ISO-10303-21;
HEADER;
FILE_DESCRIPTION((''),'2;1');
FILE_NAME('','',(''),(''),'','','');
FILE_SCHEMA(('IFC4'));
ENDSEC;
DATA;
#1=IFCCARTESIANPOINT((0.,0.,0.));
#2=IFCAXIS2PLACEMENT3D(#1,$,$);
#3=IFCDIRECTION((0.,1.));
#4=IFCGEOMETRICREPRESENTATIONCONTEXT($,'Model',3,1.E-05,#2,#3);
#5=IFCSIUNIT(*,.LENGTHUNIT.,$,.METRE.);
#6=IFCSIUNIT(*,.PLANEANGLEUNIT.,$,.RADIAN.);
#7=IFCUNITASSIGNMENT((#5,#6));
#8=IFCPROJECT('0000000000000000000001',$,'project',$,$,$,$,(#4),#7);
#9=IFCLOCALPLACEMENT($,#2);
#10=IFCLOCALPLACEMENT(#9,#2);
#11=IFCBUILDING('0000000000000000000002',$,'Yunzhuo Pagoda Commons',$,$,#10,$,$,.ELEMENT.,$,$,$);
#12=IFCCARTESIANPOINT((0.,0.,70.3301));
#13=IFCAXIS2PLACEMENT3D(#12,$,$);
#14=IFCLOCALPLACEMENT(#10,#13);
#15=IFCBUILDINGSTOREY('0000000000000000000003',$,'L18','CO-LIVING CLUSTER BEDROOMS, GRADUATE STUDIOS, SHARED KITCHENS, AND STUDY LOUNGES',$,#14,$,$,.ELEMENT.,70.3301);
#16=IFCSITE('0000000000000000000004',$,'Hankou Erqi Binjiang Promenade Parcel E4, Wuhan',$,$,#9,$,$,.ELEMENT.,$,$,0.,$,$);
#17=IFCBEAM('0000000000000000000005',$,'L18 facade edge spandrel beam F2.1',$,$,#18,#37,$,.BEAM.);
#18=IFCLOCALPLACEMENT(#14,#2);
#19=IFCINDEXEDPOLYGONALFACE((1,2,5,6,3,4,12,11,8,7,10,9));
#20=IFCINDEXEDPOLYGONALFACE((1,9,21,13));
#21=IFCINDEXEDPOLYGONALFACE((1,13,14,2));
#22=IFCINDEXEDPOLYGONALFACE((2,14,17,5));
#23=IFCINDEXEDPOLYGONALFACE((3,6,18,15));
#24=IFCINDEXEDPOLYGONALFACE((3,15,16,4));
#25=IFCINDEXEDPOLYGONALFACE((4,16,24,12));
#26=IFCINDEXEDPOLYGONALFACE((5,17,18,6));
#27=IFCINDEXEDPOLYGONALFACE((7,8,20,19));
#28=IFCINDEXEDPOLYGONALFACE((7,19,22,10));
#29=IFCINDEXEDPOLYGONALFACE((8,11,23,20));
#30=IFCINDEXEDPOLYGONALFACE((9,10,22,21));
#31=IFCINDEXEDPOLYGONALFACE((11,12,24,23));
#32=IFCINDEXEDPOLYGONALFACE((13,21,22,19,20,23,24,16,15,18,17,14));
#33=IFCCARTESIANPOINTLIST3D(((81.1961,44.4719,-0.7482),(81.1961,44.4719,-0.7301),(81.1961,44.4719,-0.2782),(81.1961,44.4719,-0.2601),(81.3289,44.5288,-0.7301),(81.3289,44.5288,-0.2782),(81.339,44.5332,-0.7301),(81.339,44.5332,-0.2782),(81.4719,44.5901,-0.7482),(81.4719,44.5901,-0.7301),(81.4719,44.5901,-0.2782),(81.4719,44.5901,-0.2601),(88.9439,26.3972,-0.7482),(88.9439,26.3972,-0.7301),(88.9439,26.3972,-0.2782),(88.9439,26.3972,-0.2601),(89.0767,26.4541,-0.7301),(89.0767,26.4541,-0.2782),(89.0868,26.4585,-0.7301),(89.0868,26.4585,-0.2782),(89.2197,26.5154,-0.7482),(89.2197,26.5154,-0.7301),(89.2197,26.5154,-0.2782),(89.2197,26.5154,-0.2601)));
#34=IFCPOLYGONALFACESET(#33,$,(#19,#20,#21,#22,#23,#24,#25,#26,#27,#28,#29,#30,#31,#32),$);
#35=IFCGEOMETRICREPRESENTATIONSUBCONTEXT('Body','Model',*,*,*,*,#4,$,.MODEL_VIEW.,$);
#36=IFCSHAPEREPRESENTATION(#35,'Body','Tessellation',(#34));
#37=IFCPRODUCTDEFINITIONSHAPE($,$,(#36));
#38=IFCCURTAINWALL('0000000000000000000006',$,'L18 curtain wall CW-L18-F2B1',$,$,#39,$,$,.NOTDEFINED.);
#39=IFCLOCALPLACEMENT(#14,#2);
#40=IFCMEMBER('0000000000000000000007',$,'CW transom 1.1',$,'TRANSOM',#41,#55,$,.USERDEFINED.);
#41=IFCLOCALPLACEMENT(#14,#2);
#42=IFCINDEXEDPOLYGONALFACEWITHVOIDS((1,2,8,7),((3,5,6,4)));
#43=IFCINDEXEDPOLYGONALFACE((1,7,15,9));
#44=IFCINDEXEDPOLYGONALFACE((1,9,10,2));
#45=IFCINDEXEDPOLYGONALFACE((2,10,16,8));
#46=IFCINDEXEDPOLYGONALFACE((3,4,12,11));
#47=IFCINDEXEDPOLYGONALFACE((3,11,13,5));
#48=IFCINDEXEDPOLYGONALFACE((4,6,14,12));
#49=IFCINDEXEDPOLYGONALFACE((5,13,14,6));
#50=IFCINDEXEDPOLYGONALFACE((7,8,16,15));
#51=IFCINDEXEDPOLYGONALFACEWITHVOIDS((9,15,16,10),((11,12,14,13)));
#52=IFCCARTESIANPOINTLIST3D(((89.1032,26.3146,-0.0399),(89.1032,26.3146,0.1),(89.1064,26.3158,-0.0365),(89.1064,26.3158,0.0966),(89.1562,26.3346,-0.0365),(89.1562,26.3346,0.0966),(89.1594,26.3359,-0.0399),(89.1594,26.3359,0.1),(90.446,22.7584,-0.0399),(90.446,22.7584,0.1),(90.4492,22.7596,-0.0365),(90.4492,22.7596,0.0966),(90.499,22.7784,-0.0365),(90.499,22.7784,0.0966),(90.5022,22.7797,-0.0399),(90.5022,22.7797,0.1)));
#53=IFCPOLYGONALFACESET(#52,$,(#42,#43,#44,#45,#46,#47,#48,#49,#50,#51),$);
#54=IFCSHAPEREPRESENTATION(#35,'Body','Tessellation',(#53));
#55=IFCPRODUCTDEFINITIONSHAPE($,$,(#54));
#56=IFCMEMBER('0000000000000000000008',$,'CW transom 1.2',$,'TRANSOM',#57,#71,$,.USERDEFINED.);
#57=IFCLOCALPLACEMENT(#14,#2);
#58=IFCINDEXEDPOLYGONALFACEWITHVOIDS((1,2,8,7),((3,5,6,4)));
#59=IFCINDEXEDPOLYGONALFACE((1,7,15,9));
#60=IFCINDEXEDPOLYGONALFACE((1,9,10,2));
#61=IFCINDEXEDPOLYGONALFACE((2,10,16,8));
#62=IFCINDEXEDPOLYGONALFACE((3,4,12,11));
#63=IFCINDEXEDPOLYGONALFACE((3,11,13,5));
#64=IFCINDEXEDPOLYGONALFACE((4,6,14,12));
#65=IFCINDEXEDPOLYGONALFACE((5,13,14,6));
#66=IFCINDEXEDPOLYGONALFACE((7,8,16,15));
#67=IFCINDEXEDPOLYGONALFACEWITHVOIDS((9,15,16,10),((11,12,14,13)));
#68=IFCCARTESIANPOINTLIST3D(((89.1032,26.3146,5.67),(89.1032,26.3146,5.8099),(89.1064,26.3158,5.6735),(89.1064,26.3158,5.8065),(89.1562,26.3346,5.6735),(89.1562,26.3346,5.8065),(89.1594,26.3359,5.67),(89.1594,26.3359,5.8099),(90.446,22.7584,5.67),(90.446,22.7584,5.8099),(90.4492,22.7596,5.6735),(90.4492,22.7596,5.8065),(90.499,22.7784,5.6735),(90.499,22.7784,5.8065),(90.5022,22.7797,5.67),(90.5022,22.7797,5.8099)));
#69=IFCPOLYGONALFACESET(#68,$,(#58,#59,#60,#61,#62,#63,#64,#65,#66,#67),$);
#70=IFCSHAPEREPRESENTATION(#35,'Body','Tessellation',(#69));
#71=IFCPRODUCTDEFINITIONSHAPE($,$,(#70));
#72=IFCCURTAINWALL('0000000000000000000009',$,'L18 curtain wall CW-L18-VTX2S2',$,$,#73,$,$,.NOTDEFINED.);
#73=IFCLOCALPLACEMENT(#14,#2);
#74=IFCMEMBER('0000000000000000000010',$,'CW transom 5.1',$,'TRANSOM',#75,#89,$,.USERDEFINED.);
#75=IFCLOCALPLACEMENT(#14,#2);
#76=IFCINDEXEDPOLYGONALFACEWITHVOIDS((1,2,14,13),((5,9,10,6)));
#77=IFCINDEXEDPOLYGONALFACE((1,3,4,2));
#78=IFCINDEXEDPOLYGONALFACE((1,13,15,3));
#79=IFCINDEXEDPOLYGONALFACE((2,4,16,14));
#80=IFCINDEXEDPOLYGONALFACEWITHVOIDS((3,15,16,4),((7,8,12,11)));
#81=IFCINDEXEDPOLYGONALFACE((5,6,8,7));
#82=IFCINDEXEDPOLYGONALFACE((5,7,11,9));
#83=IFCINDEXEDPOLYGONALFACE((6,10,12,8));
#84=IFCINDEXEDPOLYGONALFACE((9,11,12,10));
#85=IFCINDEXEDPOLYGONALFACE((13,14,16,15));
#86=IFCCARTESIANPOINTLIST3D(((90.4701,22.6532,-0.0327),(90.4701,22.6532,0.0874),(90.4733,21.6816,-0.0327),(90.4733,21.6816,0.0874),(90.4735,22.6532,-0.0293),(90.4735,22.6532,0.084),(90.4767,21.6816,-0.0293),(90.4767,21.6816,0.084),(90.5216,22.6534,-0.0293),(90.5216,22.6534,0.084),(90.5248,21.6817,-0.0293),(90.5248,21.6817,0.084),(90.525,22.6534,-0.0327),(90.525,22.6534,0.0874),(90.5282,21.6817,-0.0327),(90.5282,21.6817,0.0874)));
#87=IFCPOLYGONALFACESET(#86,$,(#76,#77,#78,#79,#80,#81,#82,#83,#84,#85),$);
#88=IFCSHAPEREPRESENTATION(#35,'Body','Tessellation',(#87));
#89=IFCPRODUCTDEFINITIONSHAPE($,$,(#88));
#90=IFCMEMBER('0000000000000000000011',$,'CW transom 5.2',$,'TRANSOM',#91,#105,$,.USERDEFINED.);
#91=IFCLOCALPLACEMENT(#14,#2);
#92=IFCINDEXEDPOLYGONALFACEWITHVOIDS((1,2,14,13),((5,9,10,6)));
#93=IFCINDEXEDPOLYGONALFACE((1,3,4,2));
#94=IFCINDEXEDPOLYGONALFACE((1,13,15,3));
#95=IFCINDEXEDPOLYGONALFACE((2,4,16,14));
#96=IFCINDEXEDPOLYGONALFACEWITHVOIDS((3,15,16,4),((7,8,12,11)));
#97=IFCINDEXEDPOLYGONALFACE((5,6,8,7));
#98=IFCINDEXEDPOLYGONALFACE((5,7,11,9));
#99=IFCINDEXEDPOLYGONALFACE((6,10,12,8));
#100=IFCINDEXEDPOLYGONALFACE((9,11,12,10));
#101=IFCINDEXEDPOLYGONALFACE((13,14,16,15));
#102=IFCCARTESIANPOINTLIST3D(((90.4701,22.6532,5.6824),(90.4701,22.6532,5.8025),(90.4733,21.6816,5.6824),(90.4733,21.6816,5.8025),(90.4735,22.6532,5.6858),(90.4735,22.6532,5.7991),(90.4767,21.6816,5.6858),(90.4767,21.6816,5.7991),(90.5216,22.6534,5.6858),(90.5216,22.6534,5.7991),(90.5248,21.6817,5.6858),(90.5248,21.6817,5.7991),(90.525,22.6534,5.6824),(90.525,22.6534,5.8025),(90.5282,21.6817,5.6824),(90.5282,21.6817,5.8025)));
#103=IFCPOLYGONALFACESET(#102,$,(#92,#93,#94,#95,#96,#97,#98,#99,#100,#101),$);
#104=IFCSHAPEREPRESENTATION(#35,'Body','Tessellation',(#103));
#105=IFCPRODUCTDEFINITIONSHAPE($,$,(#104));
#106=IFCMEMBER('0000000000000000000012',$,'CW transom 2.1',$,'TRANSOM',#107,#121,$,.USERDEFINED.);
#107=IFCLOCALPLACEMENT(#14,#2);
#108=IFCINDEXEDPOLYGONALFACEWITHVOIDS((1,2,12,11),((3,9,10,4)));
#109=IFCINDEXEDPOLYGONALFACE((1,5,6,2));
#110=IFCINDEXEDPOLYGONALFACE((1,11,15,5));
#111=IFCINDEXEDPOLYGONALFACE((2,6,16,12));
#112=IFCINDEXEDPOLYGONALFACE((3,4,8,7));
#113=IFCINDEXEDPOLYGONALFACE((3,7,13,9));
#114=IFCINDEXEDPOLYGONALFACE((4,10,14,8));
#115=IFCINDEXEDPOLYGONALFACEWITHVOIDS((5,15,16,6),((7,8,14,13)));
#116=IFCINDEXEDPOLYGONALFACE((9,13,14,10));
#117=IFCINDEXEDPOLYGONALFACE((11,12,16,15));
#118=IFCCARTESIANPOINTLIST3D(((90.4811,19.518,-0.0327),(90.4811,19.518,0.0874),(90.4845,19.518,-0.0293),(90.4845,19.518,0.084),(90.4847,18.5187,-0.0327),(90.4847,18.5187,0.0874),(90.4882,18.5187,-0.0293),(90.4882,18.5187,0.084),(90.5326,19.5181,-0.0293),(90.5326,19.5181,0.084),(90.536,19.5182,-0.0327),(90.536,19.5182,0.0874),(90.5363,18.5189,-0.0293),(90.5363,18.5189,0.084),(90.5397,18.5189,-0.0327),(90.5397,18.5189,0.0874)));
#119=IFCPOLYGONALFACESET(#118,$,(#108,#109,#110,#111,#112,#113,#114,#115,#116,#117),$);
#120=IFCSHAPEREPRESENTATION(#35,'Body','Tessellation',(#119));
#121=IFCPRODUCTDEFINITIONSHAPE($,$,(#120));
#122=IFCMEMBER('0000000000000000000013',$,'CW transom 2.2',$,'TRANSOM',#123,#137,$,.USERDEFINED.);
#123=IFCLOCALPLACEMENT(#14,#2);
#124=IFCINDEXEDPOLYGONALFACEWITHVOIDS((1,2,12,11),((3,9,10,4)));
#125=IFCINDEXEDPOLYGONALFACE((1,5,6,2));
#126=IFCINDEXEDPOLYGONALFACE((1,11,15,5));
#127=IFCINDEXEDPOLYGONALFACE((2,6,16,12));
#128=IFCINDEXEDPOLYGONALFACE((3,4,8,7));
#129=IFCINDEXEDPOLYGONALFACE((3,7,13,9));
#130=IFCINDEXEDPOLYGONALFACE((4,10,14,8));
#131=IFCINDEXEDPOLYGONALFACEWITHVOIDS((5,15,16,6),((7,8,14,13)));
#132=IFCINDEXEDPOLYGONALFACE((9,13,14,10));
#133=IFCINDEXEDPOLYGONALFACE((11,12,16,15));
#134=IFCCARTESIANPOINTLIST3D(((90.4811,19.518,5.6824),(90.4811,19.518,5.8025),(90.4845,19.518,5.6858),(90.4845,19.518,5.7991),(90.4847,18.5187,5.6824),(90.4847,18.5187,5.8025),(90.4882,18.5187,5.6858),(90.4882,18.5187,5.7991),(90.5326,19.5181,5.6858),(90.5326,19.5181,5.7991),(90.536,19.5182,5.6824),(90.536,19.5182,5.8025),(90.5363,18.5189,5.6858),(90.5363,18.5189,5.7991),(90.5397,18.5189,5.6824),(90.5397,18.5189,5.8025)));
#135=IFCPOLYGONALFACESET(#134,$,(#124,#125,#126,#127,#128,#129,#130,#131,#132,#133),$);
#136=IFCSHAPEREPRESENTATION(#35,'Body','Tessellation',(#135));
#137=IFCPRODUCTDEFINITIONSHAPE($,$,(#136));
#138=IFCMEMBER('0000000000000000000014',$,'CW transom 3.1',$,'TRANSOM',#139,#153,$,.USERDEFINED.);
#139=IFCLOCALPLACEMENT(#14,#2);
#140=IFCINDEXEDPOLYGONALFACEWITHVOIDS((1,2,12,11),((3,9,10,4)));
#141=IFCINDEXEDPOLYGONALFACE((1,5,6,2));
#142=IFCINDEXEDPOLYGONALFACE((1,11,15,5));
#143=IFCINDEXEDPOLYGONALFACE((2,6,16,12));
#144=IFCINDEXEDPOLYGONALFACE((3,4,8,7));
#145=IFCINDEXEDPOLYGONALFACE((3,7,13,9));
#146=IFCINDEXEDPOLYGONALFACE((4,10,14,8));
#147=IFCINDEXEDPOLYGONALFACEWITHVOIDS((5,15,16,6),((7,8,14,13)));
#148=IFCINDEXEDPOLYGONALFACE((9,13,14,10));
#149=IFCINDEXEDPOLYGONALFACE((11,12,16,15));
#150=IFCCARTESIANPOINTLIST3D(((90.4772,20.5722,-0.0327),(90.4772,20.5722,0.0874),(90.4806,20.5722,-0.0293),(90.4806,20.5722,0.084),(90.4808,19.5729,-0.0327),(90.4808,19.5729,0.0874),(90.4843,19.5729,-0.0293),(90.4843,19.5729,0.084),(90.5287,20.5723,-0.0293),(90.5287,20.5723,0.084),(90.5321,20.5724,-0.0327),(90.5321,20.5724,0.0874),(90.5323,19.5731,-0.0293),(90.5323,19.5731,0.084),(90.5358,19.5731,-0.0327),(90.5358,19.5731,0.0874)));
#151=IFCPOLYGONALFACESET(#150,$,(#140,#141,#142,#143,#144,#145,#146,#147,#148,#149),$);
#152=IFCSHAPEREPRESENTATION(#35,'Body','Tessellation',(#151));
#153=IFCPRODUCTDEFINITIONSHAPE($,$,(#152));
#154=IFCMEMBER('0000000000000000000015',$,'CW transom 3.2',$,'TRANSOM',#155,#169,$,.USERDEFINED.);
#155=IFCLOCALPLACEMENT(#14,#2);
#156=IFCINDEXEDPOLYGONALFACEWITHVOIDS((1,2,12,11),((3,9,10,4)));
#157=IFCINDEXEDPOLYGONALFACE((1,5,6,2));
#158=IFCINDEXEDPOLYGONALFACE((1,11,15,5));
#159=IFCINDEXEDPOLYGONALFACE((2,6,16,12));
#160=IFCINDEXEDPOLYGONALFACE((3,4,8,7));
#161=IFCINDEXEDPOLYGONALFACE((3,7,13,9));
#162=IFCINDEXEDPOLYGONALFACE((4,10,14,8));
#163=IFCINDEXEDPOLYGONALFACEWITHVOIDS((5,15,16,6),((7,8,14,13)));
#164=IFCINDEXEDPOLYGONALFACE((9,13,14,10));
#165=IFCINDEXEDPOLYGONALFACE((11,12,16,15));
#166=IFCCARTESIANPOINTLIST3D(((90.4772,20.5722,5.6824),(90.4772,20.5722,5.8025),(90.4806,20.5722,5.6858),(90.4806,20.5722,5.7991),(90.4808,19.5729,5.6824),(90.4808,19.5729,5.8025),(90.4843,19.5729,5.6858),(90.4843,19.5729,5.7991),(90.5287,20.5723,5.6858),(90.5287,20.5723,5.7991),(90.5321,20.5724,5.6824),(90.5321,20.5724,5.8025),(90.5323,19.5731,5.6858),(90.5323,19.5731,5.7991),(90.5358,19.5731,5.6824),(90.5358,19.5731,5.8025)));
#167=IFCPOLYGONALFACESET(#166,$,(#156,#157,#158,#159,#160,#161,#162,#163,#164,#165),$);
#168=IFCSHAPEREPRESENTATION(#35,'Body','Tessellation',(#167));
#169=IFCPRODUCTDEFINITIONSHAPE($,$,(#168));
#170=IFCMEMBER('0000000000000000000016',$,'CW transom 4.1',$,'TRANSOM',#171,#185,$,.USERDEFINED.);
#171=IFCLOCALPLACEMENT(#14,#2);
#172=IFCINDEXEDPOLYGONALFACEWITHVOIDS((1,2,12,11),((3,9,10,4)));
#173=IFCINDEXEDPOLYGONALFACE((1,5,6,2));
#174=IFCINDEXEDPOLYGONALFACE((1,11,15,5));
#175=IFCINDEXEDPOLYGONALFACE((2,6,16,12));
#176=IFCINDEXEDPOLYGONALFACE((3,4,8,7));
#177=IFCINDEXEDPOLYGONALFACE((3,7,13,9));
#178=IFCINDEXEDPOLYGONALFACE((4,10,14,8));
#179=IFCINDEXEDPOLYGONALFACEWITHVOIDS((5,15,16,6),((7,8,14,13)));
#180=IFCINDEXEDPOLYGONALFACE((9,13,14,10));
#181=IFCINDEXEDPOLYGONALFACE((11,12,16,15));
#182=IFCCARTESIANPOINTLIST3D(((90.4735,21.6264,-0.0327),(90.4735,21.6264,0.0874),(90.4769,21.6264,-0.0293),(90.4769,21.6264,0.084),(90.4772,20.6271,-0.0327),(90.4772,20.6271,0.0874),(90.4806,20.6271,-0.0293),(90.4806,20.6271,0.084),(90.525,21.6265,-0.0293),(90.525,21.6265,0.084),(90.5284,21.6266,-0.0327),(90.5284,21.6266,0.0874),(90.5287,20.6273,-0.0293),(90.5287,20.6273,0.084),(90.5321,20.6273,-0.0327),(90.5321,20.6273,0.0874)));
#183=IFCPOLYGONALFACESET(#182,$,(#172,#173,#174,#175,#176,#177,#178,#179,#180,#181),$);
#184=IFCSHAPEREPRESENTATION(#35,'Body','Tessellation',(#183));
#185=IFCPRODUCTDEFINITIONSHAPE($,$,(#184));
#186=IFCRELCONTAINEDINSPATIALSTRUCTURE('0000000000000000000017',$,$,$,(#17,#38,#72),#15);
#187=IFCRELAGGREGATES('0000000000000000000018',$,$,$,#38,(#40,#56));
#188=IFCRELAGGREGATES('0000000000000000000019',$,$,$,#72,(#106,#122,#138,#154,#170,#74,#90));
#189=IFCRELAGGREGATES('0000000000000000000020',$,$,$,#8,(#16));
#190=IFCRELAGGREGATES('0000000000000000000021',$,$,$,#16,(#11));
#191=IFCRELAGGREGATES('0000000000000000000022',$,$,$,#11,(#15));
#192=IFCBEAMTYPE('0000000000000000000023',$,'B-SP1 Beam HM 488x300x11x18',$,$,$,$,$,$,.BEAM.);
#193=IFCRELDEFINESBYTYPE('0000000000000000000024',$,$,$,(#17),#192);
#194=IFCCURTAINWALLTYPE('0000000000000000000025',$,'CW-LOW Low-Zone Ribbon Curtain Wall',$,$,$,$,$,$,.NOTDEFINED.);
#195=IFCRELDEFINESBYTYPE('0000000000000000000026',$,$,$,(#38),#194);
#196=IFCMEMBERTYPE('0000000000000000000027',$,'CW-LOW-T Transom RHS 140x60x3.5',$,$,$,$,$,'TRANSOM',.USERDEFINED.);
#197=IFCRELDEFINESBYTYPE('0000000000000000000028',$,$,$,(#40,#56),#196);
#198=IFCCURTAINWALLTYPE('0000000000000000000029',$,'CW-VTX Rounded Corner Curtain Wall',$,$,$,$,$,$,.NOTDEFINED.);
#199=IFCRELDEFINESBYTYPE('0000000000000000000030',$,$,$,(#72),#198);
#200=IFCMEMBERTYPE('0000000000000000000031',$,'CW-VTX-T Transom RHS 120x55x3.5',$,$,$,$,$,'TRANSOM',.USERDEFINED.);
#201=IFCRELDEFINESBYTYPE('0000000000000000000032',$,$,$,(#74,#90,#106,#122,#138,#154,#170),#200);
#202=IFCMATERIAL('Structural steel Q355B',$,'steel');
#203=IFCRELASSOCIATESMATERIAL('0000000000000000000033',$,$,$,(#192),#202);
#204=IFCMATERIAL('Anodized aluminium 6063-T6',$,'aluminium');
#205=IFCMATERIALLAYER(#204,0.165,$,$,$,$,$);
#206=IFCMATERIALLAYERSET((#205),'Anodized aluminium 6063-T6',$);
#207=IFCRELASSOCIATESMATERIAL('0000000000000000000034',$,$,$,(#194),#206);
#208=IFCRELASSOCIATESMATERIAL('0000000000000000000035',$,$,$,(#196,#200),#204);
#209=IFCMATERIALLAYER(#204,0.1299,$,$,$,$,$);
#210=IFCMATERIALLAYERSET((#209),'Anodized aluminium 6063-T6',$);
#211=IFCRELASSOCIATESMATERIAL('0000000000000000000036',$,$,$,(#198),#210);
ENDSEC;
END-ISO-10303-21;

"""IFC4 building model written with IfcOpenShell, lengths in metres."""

from ifc_helpers import new_model, si_unit, direction, frame, origin, origin_2d, place, context, subcontext, project, spatial, hollow_rectangle, i_section, extrude, source, transform, mapped, material, layer, layer_set, material_profile, profile_set, type_object, element, aggregate, save


model = new_model("IFC4")

# Units and contexts
model_context = context("Model", 3, precision=1e-05, world=origin(), true_north=direction((0.0, 1.0)))
body_context = subcontext(model_context, "Body", "Model", "MODEL_VIEW")
ifc_project = project(units=[si_unit("LENGTHUNIT", "METRE"), si_unit("PLANEANGLEUNIT", "RADIAN")], contexts=[model_context])

# Site, building, storey
site_placement = place(None, origin())
site = spatial("IfcSite", under=ifc_project, at=site_placement, Name="Hankou Erqi Binjiang Promenade Parcel E4, Wuhan", CompositionType="ELEMENT", RefElevation=0.0)
building_placement = place(site_placement, origin())
building = spatial("IfcBuilding", under=site, at=building_placement, Name="Yunzhuo Pagoda Commons", CompositionType="ELEMENT")
storey_placement = place(building_placement, frame((0.0, 0.0, 70.3301)))
storey = spatial("IfcBuildingStorey", under=building, at=storey_placement, Name="L18", Description="CO-LIVING CLUSTER BEDROOMS, GRADUATE STUDIOS, SHARED KITCHENS, AND STUDY LOUNGES", CompositionType="ELEMENT", Elevation=70.3301)

# Beam
ifc_material_1 = material(Name="Structural steel Q355B", Category="steel")
ifc_material_profile_1 = material_profile(ifc_material_1, i_section(OverallWidth=0.3, OverallDepth=0.488, WebThickness=0.011, FlangeThickness=0.0181, at=origin_2d()), Name="Structural steel Q355B")
ifc_profile_set_1 = profile_set([ifc_material_profile_1], Name="Structural steel Q355B")
beam_type = type_object("IfcBeamType", Name="B-SP1 Beam HM 488x300x11x18", PredefinedType="BEAM", material=ifc_profile_set_1)
shared_shape_1 = source(origin(), body_context, "Body", "SweptSolid", [
    extrude(i_section(OverallWidth=0.3, OverallDepth=0.488, WebThickness=0.011, FlangeThickness=0.0181, at=origin_2d()), origin(), (0.0, 0.0, 1.0), 19.6653),
])
beam_placement = place(storey_placement, frame((89.0818, 26.4563, -0.5042), z_axis=(-0.393984, 0.919117, 0.0), x_axis=(-0.919117, -0.393984, 0.0)))
element("IfcBeam", 1, at=beam_placement, inside=storey, type_object=beam_type, Name="L18 facade edge spandrel beam F2.1", PredefinedType="BEAM", context=body_context, shape_type="MappedRepresentation", body=[
    mapped(shared_shape_1, transform((0.0, 0.0, 0.0), scale=1.0)),
])

# Curtain walls, members
ifc_material_2 = material(Name="Anodized aluminium 6063-T6", Category="aluminium")
ifc_layer_1 = layer(ifc_material_2, 0.165)
ifc_layer_set_1 = layer_set([ifc_layer_1], Name="Anodized aluminium 6063-T6")
curtain_wall_type_1 = type_object("IfcCurtainWallType", Name="CW-LOW Low-Zone Ribbon Curtain Wall", PredefinedType="NOTDEFINED", material=ifc_layer_set_1)
curtain_wall_1_placement = place(storey_placement, origin())
curtain_wall_1 = element("IfcCurtainWall", 2, at=curtain_wall_1_placement, inside=storey, type_object=curtain_wall_type_1, Name="L18 curtain wall CW-L18-F2B1", PredefinedType="NOTDEFINED")
ifc_material_profile_2 = material_profile(ifc_material_2, hollow_rectangle(XDim=0.0601, YDim=0.1399, WallThickness=0.0034, at=origin_2d()), Name="Anodized aluminium 6063-T6")
ifc_profile_set_2 = profile_set([ifc_material_profile_2], Name="Anodized aluminium 6063-T6")
member_type_1 = type_object("IfcMemberType", Name="CW-LOW-T Transom RHS 140x60x3.5", ElementType="TRANSOM", PredefinedType="USERDEFINED", material=ifc_profile_set_2)
shared_shape_2 = source(origin(), body_context, "Body", "SweptSolid", [
    extrude(hollow_rectangle(XDim=0.0601, YDim=0.1399, WallThickness=0.0034, at=origin_2d()), origin(), (0.0, 0.0, 1.0), 3.8013),
])
member_1_placement = place(storey_placement, frame((90.4741, 22.769, 0.03), z_axis=(-0.353248, 0.93553, 0.0), x_axis=(-0.93553, -0.353248, 0.0)))
member_1 = element("IfcMember", 3, at=member_1_placement, type_object=member_type_1, Name="CW transom 1.1", ObjectType="TRANSOM", PredefinedType="USERDEFINED", context=body_context, shape_type="MappedRepresentation", body=[
    mapped(shared_shape_2, transform((0.0, 0.0, 0.0), scale=1.0)),
])
member_2_placement = place(storey_placement, frame((90.4741, 22.769, 5.74), z_axis=(-0.353248, 0.93553, 0.0), x_axis=(-0.93553, -0.353248, 0.0)))
member_2 = element("IfcMember", 4, at=member_2_placement, type_object=member_type_1, Name="CW transom 1.2", ObjectType="TRANSOM", PredefinedType="USERDEFINED", context=body_context, shape_type="MappedRepresentation", body=[
    mapped(shared_shape_2, transform((0.0, 0.0, 0.0), scale=1.0)),
])
ifc_layer_2 = layer(ifc_material_2, 0.1299)
ifc_layer_set_2 = layer_set([ifc_layer_2], Name="Anodized aluminium 6063-T6")
curtain_wall_type_2 = type_object("IfcCurtainWallType", Name="CW-VTX Rounded Corner Curtain Wall", PredefinedType="NOTDEFINED", material=ifc_layer_set_2)
curtain_wall_2_placement = place(storey_placement, origin())
curtain_wall_2 = element("IfcCurtainWall", 5, at=curtain_wall_2_placement, inside=storey, type_object=curtain_wall_type_2, Name="L18 curtain wall CW-L18-VTX2S2", PredefinedType="NOTDEFINED")
ifc_material_profile_3 = material_profile(ifc_material_2, hollow_rectangle(XDim=0.0549, YDim=0.1201, WallThickness=0.0034, at=origin_2d()), Name="Anodized aluminium 6063-T6")
ifc_profile_set_3 = profile_set([ifc_material_profile_3], Name="Anodized aluminium 6063-T6")
member_type_2 = type_object("IfcMemberType", Name="CW-VTX-T Transom RHS 120x55x3.5", ElementType="TRANSOM", PredefinedType="USERDEFINED", material=ifc_profile_set_3)
shared_shape_3 = source(origin(), body_context, "Body", "SweptSolid", [
    extrude(hollow_rectangle(XDim=0.0549, YDim=0.1201, WallThickness=0.0034, at=origin_2d()), origin(), (0.0, 0.0, 1.0), 0.9717),
])
member_3_placement = place(storey_placement, frame((90.5007, 21.6816, 0.0273), z_axis=(-0.003266, 0.999995, 0.0), x_axis=(-0.999995, -0.003266, 0.0)))
member_3 = element("IfcMember", 6, at=member_3_placement, type_object=member_type_2, Name="CW transom 5.1", ObjectType="TRANSOM", PredefinedType="USERDEFINED", context=body_context, shape_type="MappedRepresentation", body=[
    mapped(shared_shape_3, transform((0.0, 0.0, 0.0), scale=1.0)),
])
member_4_placement = place(storey_placement, frame((90.5007, 21.6816, 5.7424), z_axis=(-0.003266, 0.999995, 0.0), x_axis=(-0.999995, -0.003266, 0.0)))
member_4 = element("IfcMember", 7, at=member_4_placement, type_object=member_type_2, Name="CW transom 5.2", ObjectType="TRANSOM", PredefinedType="USERDEFINED", context=body_context, shape_type="MappedRepresentation", body=[
    mapped(shared_shape_3, transform((0.0, 0.0, 0.0), scale=1.0)),
])
shared_shape_4 = source(origin(), body_context, "Body", "SweptSolid", [
    extrude(hollow_rectangle(XDim=0.0549, YDim=0.1201, WallThickness=0.0034, at=origin_2d()), origin(), (0.0, 0.0, 1.0), 0.9993),
])
member_5_placement = place(storey_placement, frame((90.5122, 18.5188, 0.0273), z_axis=(-0.003665, 0.999993, 0.0), x_axis=(-0.999993, -0.003665, 0.0)))
member_5 = element("IfcMember", 8, at=member_5_placement, type_object=member_type_2, Name="CW transom 2.1", ObjectType="TRANSOM", PredefinedType="USERDEFINED", context=body_context, shape_type="MappedRepresentation", body=[
    mapped(shared_shape_4, transform((0.0, 0.0, 0.0), scale=1.0)),
])
member_6_placement = place(storey_placement, frame((90.5122, 18.5188, 5.7424), z_axis=(-0.003665, 0.999993, 0.0), x_axis=(-0.999993, -0.003665, 0.0)))
member_6 = element("IfcMember", 9, at=member_6_placement, type_object=member_type_2, Name="CW transom 2.2", ObjectType="TRANSOM", PredefinedType="USERDEFINED", context=body_context, shape_type="MappedRepresentation", body=[
    mapped(shared_shape_4, transform((0.0, 0.0, 0.0), scale=1.0)),
])
member_7_placement = place(storey_placement, frame((90.5083, 19.573, 0.0273), z_axis=(-0.003665, 0.999993, 0.0), x_axis=(-0.999993, -0.003665, 0.0)))
member_7 = element("IfcMember", 10, at=member_7_placement, type_object=member_type_2, Name="CW transom 3.1", ObjectType="TRANSOM", PredefinedType="USERDEFINED", context=body_context, shape_type="MappedRepresentation", body=[
    mapped(shared_shape_4, transform((0.0, 0.0, 0.0), scale=1.0)),
])
member_8_placement = place(storey_placement, frame((90.5083, 19.573, 5.7424), z_axis=(-0.003665, 0.999993, 0.0), x_axis=(-0.999993, -0.003665, 0.0)))
member_8 = element("IfcMember", 11, at=member_8_placement, type_object=member_type_2, Name="CW transom 3.2", ObjectType="TRANSOM", PredefinedType="USERDEFINED", context=body_context, shape_type="MappedRepresentation", body=[
    mapped(shared_shape_4, transform((0.0, 0.0, 0.0), scale=1.0)),
])
member_9_placement = place(storey_placement, frame((90.5046, 20.6272, 0.0273), z_axis=(-0.003665, 0.999993, 0.0), x_axis=(-0.999993, -0.003665, 0.0)))
member_9 = element("IfcMember", 12, at=member_9_placement, type_object=member_type_2, Name="CW transom 4.1", ObjectType="TRANSOM", PredefinedType="USERDEFINED", context=body_context, shape_type="MappedRepresentation", body=[
    mapped(shared_shape_4, transform((0.0, 0.0, 0.0), scale=1.0)),
])

aggregate(curtain_wall_1, [member_1, member_2])
aggregate(curtain_wall_2, [member_5, member_6, member_7, member_8, member_9, member_3, member_4])

save(model, "model.ifc")
